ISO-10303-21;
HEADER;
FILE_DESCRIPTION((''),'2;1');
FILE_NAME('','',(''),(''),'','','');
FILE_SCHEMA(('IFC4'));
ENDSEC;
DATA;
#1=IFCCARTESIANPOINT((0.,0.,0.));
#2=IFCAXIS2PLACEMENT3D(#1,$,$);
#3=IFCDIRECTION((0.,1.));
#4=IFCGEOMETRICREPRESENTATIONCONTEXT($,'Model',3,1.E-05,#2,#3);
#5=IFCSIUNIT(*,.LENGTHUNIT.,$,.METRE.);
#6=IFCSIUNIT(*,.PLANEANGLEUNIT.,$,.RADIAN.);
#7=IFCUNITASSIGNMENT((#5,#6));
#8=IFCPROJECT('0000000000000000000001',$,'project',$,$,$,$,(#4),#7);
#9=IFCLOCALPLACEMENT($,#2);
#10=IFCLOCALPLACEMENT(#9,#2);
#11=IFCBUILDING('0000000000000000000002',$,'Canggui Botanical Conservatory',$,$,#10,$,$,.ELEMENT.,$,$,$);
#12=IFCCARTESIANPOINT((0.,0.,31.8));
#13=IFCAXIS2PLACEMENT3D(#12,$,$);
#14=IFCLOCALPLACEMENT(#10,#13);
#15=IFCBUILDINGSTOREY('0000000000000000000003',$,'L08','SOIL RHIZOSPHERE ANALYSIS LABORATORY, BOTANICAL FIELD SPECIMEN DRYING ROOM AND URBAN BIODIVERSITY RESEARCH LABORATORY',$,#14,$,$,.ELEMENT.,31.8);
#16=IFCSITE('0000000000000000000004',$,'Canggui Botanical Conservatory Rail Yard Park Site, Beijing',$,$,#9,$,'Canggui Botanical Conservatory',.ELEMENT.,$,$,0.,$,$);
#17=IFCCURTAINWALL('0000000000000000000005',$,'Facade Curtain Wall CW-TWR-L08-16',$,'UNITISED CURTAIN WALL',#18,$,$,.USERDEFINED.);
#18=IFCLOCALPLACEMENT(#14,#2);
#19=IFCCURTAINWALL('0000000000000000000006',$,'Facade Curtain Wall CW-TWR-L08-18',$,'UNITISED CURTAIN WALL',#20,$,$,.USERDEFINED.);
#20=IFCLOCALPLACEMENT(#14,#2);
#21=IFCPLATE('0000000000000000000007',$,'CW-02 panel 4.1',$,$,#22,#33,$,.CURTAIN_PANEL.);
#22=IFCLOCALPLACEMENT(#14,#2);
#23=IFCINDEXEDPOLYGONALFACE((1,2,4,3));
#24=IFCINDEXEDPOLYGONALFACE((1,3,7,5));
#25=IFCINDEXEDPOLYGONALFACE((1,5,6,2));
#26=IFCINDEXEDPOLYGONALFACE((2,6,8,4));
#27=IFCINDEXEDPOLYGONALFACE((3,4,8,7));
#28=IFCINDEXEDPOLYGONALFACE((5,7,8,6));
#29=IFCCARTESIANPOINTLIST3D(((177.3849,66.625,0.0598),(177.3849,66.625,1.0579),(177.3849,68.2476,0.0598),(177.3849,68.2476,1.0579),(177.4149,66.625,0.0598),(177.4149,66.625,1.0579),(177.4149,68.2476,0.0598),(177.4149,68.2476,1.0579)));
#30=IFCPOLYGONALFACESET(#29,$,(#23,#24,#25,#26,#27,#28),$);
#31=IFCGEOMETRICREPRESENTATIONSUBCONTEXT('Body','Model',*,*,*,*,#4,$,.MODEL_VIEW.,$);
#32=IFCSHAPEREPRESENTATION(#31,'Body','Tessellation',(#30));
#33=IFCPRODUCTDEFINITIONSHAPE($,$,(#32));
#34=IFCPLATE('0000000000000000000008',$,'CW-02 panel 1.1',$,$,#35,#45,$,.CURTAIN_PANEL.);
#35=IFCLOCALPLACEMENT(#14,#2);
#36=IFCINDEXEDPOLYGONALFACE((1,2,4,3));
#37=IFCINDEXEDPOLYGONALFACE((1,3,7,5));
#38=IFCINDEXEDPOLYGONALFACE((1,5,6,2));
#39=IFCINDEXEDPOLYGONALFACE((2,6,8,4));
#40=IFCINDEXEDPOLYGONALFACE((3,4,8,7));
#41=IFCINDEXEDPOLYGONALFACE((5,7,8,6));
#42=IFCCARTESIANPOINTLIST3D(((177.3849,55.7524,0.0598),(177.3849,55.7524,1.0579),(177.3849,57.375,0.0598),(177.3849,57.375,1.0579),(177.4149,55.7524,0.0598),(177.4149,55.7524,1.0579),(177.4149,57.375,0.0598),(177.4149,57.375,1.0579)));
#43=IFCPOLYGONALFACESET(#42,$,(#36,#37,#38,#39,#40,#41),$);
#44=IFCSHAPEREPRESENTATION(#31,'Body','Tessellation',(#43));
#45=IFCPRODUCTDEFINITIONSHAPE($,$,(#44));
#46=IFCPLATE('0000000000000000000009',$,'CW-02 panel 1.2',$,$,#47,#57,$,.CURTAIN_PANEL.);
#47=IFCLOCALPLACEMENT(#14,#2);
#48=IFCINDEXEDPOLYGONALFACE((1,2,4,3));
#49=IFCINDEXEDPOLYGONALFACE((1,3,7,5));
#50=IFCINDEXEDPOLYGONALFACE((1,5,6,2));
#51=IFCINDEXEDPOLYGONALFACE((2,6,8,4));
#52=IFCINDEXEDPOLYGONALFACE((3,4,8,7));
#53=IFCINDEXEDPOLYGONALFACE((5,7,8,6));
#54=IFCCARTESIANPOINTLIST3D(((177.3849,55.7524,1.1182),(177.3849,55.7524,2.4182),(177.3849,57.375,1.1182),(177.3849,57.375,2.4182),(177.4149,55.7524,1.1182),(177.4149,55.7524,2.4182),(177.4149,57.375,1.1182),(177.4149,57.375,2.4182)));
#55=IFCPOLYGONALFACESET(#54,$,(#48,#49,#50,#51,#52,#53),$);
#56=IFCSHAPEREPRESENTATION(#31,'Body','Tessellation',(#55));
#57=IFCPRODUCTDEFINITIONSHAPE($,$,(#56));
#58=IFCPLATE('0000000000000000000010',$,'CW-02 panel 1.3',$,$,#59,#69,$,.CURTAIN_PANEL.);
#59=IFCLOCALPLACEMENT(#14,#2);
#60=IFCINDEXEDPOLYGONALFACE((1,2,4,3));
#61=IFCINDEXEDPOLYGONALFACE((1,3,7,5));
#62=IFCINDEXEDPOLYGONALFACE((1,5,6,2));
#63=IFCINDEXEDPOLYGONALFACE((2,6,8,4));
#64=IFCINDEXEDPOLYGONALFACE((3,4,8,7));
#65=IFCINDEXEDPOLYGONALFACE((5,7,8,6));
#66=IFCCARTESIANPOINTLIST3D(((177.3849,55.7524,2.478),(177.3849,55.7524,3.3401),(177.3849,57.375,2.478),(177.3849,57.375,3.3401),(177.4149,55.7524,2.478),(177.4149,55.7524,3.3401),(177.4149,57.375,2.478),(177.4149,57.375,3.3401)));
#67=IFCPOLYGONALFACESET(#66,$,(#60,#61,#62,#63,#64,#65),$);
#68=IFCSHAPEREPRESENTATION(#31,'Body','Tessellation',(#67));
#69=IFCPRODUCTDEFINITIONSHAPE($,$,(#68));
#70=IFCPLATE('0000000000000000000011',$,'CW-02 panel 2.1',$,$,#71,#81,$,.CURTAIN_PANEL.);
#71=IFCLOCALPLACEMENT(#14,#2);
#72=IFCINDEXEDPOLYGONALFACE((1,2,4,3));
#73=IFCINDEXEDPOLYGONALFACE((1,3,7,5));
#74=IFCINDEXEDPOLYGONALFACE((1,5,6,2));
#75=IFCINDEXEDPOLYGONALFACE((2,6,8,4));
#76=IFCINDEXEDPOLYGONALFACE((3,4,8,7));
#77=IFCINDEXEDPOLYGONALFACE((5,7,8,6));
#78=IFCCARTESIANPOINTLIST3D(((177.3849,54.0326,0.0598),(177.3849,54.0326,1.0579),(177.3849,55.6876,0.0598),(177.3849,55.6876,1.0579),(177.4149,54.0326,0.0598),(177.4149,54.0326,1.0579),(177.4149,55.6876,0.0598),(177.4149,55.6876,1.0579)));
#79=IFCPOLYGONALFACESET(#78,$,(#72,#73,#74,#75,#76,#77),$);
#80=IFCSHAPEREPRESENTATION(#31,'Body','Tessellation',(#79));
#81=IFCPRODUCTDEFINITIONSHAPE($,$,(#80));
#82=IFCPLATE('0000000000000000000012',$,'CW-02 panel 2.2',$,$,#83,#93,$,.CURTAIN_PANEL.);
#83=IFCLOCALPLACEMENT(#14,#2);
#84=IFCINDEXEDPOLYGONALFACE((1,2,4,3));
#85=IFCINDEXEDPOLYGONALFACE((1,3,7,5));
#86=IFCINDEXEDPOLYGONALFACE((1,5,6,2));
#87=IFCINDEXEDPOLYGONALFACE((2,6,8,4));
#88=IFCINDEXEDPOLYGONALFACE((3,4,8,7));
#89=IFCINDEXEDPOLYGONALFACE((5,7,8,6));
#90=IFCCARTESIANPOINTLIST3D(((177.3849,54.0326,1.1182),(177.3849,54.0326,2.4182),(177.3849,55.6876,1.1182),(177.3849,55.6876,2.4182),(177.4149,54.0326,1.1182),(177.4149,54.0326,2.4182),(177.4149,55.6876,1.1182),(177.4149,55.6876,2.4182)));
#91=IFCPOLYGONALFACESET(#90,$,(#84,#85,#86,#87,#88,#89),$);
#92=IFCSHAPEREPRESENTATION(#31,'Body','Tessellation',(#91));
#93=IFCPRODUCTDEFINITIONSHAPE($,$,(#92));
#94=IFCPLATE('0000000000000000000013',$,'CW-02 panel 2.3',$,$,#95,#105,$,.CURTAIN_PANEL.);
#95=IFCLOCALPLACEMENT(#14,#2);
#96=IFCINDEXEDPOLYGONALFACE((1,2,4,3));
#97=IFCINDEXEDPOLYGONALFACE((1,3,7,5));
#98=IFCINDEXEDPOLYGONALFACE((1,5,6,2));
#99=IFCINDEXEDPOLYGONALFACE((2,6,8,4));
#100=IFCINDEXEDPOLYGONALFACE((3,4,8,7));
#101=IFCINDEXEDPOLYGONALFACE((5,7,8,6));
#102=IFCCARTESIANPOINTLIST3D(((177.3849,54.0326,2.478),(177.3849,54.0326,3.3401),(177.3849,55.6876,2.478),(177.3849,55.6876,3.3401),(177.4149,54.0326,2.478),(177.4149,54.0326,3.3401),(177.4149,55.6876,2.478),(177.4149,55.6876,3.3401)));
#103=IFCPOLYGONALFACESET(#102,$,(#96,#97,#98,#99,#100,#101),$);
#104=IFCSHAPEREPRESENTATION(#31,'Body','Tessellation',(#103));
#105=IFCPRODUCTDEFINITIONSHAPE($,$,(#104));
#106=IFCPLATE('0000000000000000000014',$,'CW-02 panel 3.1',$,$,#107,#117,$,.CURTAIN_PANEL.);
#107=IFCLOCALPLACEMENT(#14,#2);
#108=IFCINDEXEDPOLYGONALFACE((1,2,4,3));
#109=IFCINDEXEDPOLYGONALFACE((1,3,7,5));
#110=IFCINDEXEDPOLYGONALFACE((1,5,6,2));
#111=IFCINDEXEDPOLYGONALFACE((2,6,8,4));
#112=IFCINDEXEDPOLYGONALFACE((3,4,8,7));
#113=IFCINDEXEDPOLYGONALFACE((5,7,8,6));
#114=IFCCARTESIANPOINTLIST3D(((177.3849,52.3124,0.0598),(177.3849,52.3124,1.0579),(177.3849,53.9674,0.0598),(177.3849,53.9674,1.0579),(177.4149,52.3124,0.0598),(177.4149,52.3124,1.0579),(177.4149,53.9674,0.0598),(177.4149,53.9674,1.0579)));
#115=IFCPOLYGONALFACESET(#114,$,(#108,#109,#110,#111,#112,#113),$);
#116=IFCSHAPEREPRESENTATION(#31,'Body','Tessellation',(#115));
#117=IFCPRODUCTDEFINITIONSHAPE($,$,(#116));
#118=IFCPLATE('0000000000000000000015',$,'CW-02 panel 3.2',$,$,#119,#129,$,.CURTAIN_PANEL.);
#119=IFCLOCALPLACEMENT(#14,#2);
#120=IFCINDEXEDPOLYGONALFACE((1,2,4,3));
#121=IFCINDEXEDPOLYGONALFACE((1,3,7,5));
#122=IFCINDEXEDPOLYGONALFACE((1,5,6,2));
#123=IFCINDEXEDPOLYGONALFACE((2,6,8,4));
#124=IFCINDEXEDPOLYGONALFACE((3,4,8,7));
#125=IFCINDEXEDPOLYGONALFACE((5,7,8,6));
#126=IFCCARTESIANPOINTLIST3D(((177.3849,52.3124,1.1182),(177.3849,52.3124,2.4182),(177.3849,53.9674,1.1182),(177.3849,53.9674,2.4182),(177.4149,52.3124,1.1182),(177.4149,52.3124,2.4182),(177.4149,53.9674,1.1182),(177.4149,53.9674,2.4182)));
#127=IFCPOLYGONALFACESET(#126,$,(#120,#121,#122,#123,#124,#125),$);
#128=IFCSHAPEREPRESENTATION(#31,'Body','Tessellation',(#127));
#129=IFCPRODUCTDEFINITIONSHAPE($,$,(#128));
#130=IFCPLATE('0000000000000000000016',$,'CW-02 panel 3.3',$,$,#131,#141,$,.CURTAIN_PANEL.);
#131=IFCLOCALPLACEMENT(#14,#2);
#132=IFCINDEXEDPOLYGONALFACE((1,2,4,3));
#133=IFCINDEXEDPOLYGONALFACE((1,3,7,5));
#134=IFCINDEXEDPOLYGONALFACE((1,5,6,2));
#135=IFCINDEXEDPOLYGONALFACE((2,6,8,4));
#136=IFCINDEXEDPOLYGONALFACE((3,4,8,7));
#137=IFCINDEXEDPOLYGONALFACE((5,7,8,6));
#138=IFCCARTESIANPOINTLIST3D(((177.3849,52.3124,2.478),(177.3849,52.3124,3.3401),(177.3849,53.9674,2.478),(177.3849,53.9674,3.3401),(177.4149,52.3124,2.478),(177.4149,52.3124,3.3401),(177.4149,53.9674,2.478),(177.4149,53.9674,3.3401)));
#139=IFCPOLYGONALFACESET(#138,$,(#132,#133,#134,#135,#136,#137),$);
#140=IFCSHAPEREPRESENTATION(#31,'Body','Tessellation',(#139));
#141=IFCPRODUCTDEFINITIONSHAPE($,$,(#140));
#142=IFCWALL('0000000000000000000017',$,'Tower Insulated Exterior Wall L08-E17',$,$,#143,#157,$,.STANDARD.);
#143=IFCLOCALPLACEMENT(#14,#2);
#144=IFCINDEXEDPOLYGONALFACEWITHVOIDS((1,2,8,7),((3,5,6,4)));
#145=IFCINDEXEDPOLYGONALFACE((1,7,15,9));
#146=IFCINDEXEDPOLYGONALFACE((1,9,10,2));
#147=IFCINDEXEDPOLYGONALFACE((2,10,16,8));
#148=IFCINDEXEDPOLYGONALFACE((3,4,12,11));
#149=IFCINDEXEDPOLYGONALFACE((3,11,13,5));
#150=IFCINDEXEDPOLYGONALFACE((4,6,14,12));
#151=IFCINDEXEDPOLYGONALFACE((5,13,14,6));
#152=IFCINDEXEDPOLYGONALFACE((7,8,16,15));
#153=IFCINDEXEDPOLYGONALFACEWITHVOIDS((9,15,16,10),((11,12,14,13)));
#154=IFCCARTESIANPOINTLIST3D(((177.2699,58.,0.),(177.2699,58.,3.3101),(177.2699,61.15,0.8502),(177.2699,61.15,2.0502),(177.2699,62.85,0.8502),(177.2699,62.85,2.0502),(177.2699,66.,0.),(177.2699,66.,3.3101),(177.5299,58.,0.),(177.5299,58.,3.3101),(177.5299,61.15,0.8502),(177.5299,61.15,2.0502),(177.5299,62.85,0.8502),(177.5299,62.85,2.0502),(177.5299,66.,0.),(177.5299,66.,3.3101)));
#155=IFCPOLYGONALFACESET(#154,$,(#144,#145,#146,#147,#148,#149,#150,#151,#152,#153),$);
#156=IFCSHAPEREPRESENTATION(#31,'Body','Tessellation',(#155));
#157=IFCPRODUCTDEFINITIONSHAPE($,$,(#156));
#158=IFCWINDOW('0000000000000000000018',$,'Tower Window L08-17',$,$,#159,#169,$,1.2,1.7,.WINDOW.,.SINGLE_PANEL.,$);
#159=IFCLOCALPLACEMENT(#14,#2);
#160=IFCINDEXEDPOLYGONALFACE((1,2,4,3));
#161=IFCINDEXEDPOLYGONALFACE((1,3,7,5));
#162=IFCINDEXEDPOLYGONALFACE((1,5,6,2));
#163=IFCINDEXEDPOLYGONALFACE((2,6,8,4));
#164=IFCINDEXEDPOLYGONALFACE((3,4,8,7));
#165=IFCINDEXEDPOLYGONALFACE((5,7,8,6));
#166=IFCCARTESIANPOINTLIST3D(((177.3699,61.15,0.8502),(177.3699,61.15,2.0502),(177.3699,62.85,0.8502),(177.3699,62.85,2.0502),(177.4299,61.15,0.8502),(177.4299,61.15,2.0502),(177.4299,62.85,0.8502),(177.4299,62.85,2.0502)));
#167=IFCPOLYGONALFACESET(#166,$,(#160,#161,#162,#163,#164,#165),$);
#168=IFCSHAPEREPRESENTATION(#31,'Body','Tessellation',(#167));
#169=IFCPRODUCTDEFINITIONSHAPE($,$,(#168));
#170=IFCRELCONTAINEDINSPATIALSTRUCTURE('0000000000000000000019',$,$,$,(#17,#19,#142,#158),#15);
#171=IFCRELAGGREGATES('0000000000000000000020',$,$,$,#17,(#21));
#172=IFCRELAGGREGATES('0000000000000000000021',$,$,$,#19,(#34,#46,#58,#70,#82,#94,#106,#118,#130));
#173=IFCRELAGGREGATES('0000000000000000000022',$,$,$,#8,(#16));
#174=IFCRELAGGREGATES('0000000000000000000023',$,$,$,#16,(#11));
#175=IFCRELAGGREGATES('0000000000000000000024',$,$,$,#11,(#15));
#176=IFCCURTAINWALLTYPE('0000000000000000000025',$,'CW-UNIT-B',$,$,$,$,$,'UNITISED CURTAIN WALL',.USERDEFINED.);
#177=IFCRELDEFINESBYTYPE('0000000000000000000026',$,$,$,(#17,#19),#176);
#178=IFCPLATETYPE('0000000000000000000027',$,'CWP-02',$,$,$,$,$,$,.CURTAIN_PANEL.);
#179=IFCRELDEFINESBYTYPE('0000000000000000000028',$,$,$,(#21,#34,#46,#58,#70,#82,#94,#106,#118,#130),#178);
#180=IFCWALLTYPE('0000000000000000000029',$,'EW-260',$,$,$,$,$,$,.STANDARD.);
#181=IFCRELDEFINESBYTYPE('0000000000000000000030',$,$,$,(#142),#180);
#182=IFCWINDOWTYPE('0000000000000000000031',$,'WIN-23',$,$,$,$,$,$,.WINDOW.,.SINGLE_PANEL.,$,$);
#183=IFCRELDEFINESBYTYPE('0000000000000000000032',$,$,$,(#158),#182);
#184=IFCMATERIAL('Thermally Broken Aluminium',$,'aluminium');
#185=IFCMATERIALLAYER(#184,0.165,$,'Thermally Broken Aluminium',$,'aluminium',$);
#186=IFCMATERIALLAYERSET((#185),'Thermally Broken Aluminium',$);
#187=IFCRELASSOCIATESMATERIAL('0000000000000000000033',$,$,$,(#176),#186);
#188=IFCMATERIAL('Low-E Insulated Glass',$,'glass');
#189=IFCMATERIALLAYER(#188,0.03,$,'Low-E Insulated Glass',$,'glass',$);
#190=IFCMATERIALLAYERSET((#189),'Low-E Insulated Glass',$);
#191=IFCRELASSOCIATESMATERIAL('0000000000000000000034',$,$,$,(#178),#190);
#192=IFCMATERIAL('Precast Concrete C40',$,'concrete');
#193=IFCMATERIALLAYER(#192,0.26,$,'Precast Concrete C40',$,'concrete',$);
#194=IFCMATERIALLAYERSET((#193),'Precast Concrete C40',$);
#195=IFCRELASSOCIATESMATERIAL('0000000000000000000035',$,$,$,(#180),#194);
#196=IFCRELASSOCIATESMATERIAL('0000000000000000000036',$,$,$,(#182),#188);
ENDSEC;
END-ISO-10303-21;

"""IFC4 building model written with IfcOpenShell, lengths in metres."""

from ifc_helpers import new_model, si_unit, direction, frame, frame_2d, origin, origin_2d, place, context, subcontext, project, spatial, rectangle, extrude, material, layer, layer_set, type_object, element, fill, aggregate, save


model = new_model("IFC4")

# Units and contexts
model_context = context("Model", 3, precision=1e-05, world=origin(), true_north=direction((0.0, 1.0)))
body_context = subcontext(model_context, "Body", "Model", "MODEL_VIEW")
ifc_project = project(units=[si_unit("LENGTHUNIT", "METRE"), si_unit("PLANEANGLEUNIT", "RADIAN")], contexts=[model_context])

# Site, building, storey
site_placement = place(None, origin())
site = spatial("IfcSite", under=ifc_project, at=site_placement, Name="Canggui Botanical Conservatory Rail Yard Park Site, Beijing", LongName="Canggui Botanical Conservatory", CompositionType="ELEMENT", RefElevation=0.0)
building_placement = place(site_placement, origin())
building = spatial("IfcBuilding", under=site, at=building_placement, Name="Canggui Botanical Conservatory", CompositionType="ELEMENT")
storey_placement = place(building_placement, frame((0.0, 0.0, 31.8)))
storey = spatial("IfcBuildingStorey", under=building, at=storey_placement, Name="L08", Description="SOIL RHIZOSPHERE ANALYSIS LABORATORY, BOTANICAL FIELD SPECIMEN DRYING ROOM AND URBAN BIODIVERSITY RESEARCH LABORATORY", CompositionType="ELEMENT", Elevation=31.8)

# Curtain wall
ifc_material_1 = material(Name="Thermally Broken Aluminium", Category="aluminium")
ifc_layer_1 = layer(ifc_material_1, 0.165, Name="Thermally Broken Aluminium", Category="aluminium")
ifc_layer_set_1 = layer_set([ifc_layer_1], Name="Thermally Broken Aluminium")
curtain_wall_type = type_object("IfcCurtainWallType", Name="CW-UNIT-B", ElementType="UNITISED CURTAIN WALL", PredefinedType="USERDEFINED", material=ifc_layer_set_1)
curtain_wall_1_placement = place(storey_placement, origin())
curtain_wall_1 = element("IfcCurtainWall", 1, at=curtain_wall_1_placement, inside=storey, type_object=curtain_wall_type, Name="Facade Curtain Wall CW-TWR-L08-16", ObjectType="UNITISED CURTAIN WALL", PredefinedType="USERDEFINED")

# Curtain wall
curtain_wall_2_placement = place(storey_placement, origin())
curtain_wall_2 = element("IfcCurtainWall", 2, at=curtain_wall_2_placement, inside=storey, type_object=curtain_wall_type, Name="Facade Curtain Wall CW-TWR-L08-18", ObjectType="UNITISED CURTAIN WALL", PredefinedType="USERDEFINED")

# Plates
ifc_material_2 = material(Name="Low-E Insulated Glass", Category="glass")
ifc_layer_2 = layer(ifc_material_2, 0.03, Name="Low-E Insulated Glass", Category="glass")
ifc_layer_set_2 = layer_set([ifc_layer_2], Name="Low-E Insulated Glass")
plate_type = type_object("IfcPlateType", Name="CWP-02", PredefinedType="CURTAIN_PANEL", material=ifc_layer_set_2)
plate_1_placement = place(storey_placement, frame((177.3999, 67.4363, 0.0598), z_axis=(0.0, 0.0, 1.0), x_axis=(0.0, -1.0, 0.0)))
plate_1 = element("IfcPlate", 3, at=plate_1_placement, type_object=plate_type, Name="CW-02 panel 4.1", PredefinedType="CURTAIN_PANEL", context=body_context, shape_type="SweptSolid", body=[
    extrude(rectangle(XDim=1.6226, YDim=0.03, at=origin_2d()), origin(), (0.0, 0.0, 1.0), 0.998),
])
aggregate(curtain_wall_1, [plate_1])
plate_2_placement = place(storey_placement, frame((177.3999, 56.5637, 0.0598), z_axis=(0.0, 0.0, 1.0), x_axis=(0.0, -1.0, 0.0)))
plate_2 = element("IfcPlate", 4, at=plate_2_placement, type_object=plate_type, Name="CW-02 panel 1.1", PredefinedType="CURTAIN_PANEL", context=body_context, shape_type="SweptSolid", body=[
    extrude(rectangle(XDim=1.6226, YDim=0.03, at=origin_2d()), origin(), (0.0, 0.0, 1.0), 0.998),
])
plate_3_placement = place(storey_placement, frame((177.3999, 56.5637, 1.1182), z_axis=(0.0, 0.0, 1.0), x_axis=(0.0, -1.0, 0.0)))
plate_3 = element("IfcPlate", 5, at=plate_3_placement, type_object=plate_type, Name="CW-02 panel 1.2", PredefinedType="CURTAIN_PANEL", context=body_context, shape_type="SweptSolid", body=[
    extrude(rectangle(XDim=1.6226, YDim=0.03, at=origin_2d()), origin(), (0.0, 0.0, 1.0), 1.3),
])
plate_4_placement = place(storey_placement, frame((177.3999, 56.5637, 2.478), z_axis=(0.0, 0.0, 1.0), x_axis=(0.0, -1.0, 0.0)))
plate_4 = element("IfcPlate", 6, at=plate_4_placement, type_object=plate_type, Name="CW-02 panel 1.3", PredefinedType="CURTAIN_PANEL", context=body_context, shape_type="SweptSolid", body=[
    extrude(rectangle(XDim=1.6226, YDim=0.03, at=origin_2d()), origin(), (0.0, 0.0, 1.0), 0.8621),
])
plate_5_placement = place(storey_placement, frame((177.3999, 54.8601, 0.0598), z_axis=(0.0, 0.0, 1.0), x_axis=(0.0, -1.0, 0.0)))
plate_5 = element("IfcPlate", 7, at=plate_5_placement, type_object=plate_type, Name="CW-02 panel 2.1", PredefinedType="CURTAIN_PANEL", context=body_context, shape_type="SweptSolid", body=[
    extrude(rectangle(XDim=1.655, YDim=0.03, at=origin_2d()), origin(), (0.0, 0.0, 1.0), 0.998),
])
plate_6_placement = place(storey_placement, frame((177.3999, 54.8601, 1.1182), z_axis=(0.0, 0.0, 1.0), x_axis=(0.0, -1.0, 0.0)))
plate_6 = element("IfcPlate", 8, at=plate_6_placement, type_object=plate_type, Name="CW-02 panel 2.2", PredefinedType="CURTAIN_PANEL", context=body_context, shape_type="SweptSolid", body=[
    extrude(rectangle(XDim=1.655, YDim=0.03, at=origin_2d()), origin(), (0.0, 0.0, 1.0), 1.3),
])
plate_7_placement = place(storey_placement, frame((177.3999, 54.8601, 2.478), z_axis=(0.0, 0.0, 1.0), x_axis=(0.0, -1.0, 0.0)))
plate_7 = element("IfcPlate", 9, at=plate_7_placement, type_object=plate_type, Name="CW-02 panel 2.3", PredefinedType="CURTAIN_PANEL", context=body_context, shape_type="SweptSolid", body=[
    extrude(rectangle(XDim=1.655, YDim=0.03, at=origin_2d()), origin(), (0.0, 0.0, 1.0), 0.8621),
])
plate_8_placement = place(storey_placement, frame((177.3999, 53.1399, 0.0598), z_axis=(0.0, 0.0, 1.0), x_axis=(0.0, -1.0, 0.0)))
plate_8 = element("IfcPlate", 10, at=plate_8_placement, type_object=plate_type, Name="CW-02 panel 3.1", PredefinedType="CURTAIN_PANEL", context=body_context, shape_type="SweptSolid", body=[
    extrude(rectangle(XDim=1.655, YDim=0.03, at=origin_2d()), origin(), (0.0, 0.0, 1.0), 0.998),
])
plate_9_placement = place(storey_placement, frame((177.3999, 53.1399, 1.1182), z_axis=(0.0, 0.0, 1.0), x_axis=(0.0, -1.0, 0.0)))
plate_9 = element("IfcPlate", 11, at=plate_9_placement, type_object=plate_type, Name="CW-02 panel 3.2", PredefinedType="CURTAIN_PANEL", context=body_context, shape_type="SweptSolid", body=[
    extrude(rectangle(XDim=1.655, YDim=0.03, at=origin_2d()), origin(), (0.0, 0.0, 1.0), 1.3),
])
plate_10_placement = place(storey_placement, frame((177.3999, 53.1399, 2.478), z_axis=(0.0, 0.0, 1.0), x_axis=(0.0, -1.0, 0.0)))
plate_10 = element("IfcPlate", 12, at=plate_10_placement, type_object=plate_type, Name="CW-02 panel 3.3", PredefinedType="CURTAIN_PANEL", context=body_context, shape_type="SweptSolid", body=[
    extrude(rectangle(XDim=1.655, YDim=0.03, at=origin_2d()), origin(), (0.0, 0.0, 1.0), 0.8621),
])
aggregate(curtain_wall_2, [plate_2, plate_3, plate_4, plate_5, plate_6, plate_7, plate_8, plate_9, plate_10])

# Wall, opening, window
ifc_material_3 = material(Name="Precast Concrete C40", Category="concrete")
ifc_layer_3 = layer(ifc_material_3, 0.26, Name="Precast Concrete C40", Category="concrete")
ifc_layer_set_3 = layer_set([ifc_layer_3], Name="Precast Concrete C40")
wall_type = type_object("IfcWallType", Name="EW-260", PredefinedType="STANDARD", material=ifc_layer_set_3)
wall_placement = place(storey_placement, frame((177.3999, 66.0, 0.0), z_axis=(0.0, 0.0, 1.0), x_axis=(0.0, -1.0, 0.0)))
wall = element("IfcWall", 13, at=wall_placement, inside=storey, type_object=wall_type, Name="Tower Insulated Exterior Wall L08-E17", PredefinedType="STANDARD", context=body_context, shape_type="SweptSolid", body=[
    extrude(rectangle(XDim=8.0, YDim=0.26, at=frame_2d((4.0, 0.0))), origin(), (0.0, 0.0, 1.0), 3.3101),
])
opening_placement = place(wall_placement, frame((3.1499, 0.0, 0.8501)))
opening = element("IfcOpeningElement", 14, at=opening_placement, cuts=wall, PredefinedType="OPENING", context=body_context, shape_type="SweptSolid", body=[
    extrude(rectangle(XDim=1.7, YDim=1.2, at=frame_2d((0.8501, 0.6001))), frame((0.0, 0.1401, 0.0), z_axis=(0.0, -1.0, 0.0), x_axis=(1.0, 0.0, 0.0)), (0.0, 0.0, 1.0), 0.28),
])
window_type = type_object("IfcWindowType", Name="WIN-23", PartitioningType="SINGLE_PANEL", PredefinedType="WINDOW", material=ifc_material_2)
window_placement = place(opening_placement, origin())
window = element("IfcWindow", 15, at=window_placement, inside=storey, type_object=window_type, Name="Tower Window L08-17", OverallHeight=1.2, OverallWidth=1.7, PartitioningType="SINGLE_PANEL", PredefinedType="WINDOW", context=body_context, shape_type="SweptSolid", body=[
    extrude(rectangle(XDim=1.7, YDim=1.2, at=frame_2d((0.8501, 0.6001))), frame((0.0, 0.03, 0.0), z_axis=(0.0, -1.0, 0.0), x_axis=(1.0, 0.0, 0.0)), (0.0, 0.0, 1.0), 0.0601),
])
fill(opening, window)

save(model, "model.ifc")
